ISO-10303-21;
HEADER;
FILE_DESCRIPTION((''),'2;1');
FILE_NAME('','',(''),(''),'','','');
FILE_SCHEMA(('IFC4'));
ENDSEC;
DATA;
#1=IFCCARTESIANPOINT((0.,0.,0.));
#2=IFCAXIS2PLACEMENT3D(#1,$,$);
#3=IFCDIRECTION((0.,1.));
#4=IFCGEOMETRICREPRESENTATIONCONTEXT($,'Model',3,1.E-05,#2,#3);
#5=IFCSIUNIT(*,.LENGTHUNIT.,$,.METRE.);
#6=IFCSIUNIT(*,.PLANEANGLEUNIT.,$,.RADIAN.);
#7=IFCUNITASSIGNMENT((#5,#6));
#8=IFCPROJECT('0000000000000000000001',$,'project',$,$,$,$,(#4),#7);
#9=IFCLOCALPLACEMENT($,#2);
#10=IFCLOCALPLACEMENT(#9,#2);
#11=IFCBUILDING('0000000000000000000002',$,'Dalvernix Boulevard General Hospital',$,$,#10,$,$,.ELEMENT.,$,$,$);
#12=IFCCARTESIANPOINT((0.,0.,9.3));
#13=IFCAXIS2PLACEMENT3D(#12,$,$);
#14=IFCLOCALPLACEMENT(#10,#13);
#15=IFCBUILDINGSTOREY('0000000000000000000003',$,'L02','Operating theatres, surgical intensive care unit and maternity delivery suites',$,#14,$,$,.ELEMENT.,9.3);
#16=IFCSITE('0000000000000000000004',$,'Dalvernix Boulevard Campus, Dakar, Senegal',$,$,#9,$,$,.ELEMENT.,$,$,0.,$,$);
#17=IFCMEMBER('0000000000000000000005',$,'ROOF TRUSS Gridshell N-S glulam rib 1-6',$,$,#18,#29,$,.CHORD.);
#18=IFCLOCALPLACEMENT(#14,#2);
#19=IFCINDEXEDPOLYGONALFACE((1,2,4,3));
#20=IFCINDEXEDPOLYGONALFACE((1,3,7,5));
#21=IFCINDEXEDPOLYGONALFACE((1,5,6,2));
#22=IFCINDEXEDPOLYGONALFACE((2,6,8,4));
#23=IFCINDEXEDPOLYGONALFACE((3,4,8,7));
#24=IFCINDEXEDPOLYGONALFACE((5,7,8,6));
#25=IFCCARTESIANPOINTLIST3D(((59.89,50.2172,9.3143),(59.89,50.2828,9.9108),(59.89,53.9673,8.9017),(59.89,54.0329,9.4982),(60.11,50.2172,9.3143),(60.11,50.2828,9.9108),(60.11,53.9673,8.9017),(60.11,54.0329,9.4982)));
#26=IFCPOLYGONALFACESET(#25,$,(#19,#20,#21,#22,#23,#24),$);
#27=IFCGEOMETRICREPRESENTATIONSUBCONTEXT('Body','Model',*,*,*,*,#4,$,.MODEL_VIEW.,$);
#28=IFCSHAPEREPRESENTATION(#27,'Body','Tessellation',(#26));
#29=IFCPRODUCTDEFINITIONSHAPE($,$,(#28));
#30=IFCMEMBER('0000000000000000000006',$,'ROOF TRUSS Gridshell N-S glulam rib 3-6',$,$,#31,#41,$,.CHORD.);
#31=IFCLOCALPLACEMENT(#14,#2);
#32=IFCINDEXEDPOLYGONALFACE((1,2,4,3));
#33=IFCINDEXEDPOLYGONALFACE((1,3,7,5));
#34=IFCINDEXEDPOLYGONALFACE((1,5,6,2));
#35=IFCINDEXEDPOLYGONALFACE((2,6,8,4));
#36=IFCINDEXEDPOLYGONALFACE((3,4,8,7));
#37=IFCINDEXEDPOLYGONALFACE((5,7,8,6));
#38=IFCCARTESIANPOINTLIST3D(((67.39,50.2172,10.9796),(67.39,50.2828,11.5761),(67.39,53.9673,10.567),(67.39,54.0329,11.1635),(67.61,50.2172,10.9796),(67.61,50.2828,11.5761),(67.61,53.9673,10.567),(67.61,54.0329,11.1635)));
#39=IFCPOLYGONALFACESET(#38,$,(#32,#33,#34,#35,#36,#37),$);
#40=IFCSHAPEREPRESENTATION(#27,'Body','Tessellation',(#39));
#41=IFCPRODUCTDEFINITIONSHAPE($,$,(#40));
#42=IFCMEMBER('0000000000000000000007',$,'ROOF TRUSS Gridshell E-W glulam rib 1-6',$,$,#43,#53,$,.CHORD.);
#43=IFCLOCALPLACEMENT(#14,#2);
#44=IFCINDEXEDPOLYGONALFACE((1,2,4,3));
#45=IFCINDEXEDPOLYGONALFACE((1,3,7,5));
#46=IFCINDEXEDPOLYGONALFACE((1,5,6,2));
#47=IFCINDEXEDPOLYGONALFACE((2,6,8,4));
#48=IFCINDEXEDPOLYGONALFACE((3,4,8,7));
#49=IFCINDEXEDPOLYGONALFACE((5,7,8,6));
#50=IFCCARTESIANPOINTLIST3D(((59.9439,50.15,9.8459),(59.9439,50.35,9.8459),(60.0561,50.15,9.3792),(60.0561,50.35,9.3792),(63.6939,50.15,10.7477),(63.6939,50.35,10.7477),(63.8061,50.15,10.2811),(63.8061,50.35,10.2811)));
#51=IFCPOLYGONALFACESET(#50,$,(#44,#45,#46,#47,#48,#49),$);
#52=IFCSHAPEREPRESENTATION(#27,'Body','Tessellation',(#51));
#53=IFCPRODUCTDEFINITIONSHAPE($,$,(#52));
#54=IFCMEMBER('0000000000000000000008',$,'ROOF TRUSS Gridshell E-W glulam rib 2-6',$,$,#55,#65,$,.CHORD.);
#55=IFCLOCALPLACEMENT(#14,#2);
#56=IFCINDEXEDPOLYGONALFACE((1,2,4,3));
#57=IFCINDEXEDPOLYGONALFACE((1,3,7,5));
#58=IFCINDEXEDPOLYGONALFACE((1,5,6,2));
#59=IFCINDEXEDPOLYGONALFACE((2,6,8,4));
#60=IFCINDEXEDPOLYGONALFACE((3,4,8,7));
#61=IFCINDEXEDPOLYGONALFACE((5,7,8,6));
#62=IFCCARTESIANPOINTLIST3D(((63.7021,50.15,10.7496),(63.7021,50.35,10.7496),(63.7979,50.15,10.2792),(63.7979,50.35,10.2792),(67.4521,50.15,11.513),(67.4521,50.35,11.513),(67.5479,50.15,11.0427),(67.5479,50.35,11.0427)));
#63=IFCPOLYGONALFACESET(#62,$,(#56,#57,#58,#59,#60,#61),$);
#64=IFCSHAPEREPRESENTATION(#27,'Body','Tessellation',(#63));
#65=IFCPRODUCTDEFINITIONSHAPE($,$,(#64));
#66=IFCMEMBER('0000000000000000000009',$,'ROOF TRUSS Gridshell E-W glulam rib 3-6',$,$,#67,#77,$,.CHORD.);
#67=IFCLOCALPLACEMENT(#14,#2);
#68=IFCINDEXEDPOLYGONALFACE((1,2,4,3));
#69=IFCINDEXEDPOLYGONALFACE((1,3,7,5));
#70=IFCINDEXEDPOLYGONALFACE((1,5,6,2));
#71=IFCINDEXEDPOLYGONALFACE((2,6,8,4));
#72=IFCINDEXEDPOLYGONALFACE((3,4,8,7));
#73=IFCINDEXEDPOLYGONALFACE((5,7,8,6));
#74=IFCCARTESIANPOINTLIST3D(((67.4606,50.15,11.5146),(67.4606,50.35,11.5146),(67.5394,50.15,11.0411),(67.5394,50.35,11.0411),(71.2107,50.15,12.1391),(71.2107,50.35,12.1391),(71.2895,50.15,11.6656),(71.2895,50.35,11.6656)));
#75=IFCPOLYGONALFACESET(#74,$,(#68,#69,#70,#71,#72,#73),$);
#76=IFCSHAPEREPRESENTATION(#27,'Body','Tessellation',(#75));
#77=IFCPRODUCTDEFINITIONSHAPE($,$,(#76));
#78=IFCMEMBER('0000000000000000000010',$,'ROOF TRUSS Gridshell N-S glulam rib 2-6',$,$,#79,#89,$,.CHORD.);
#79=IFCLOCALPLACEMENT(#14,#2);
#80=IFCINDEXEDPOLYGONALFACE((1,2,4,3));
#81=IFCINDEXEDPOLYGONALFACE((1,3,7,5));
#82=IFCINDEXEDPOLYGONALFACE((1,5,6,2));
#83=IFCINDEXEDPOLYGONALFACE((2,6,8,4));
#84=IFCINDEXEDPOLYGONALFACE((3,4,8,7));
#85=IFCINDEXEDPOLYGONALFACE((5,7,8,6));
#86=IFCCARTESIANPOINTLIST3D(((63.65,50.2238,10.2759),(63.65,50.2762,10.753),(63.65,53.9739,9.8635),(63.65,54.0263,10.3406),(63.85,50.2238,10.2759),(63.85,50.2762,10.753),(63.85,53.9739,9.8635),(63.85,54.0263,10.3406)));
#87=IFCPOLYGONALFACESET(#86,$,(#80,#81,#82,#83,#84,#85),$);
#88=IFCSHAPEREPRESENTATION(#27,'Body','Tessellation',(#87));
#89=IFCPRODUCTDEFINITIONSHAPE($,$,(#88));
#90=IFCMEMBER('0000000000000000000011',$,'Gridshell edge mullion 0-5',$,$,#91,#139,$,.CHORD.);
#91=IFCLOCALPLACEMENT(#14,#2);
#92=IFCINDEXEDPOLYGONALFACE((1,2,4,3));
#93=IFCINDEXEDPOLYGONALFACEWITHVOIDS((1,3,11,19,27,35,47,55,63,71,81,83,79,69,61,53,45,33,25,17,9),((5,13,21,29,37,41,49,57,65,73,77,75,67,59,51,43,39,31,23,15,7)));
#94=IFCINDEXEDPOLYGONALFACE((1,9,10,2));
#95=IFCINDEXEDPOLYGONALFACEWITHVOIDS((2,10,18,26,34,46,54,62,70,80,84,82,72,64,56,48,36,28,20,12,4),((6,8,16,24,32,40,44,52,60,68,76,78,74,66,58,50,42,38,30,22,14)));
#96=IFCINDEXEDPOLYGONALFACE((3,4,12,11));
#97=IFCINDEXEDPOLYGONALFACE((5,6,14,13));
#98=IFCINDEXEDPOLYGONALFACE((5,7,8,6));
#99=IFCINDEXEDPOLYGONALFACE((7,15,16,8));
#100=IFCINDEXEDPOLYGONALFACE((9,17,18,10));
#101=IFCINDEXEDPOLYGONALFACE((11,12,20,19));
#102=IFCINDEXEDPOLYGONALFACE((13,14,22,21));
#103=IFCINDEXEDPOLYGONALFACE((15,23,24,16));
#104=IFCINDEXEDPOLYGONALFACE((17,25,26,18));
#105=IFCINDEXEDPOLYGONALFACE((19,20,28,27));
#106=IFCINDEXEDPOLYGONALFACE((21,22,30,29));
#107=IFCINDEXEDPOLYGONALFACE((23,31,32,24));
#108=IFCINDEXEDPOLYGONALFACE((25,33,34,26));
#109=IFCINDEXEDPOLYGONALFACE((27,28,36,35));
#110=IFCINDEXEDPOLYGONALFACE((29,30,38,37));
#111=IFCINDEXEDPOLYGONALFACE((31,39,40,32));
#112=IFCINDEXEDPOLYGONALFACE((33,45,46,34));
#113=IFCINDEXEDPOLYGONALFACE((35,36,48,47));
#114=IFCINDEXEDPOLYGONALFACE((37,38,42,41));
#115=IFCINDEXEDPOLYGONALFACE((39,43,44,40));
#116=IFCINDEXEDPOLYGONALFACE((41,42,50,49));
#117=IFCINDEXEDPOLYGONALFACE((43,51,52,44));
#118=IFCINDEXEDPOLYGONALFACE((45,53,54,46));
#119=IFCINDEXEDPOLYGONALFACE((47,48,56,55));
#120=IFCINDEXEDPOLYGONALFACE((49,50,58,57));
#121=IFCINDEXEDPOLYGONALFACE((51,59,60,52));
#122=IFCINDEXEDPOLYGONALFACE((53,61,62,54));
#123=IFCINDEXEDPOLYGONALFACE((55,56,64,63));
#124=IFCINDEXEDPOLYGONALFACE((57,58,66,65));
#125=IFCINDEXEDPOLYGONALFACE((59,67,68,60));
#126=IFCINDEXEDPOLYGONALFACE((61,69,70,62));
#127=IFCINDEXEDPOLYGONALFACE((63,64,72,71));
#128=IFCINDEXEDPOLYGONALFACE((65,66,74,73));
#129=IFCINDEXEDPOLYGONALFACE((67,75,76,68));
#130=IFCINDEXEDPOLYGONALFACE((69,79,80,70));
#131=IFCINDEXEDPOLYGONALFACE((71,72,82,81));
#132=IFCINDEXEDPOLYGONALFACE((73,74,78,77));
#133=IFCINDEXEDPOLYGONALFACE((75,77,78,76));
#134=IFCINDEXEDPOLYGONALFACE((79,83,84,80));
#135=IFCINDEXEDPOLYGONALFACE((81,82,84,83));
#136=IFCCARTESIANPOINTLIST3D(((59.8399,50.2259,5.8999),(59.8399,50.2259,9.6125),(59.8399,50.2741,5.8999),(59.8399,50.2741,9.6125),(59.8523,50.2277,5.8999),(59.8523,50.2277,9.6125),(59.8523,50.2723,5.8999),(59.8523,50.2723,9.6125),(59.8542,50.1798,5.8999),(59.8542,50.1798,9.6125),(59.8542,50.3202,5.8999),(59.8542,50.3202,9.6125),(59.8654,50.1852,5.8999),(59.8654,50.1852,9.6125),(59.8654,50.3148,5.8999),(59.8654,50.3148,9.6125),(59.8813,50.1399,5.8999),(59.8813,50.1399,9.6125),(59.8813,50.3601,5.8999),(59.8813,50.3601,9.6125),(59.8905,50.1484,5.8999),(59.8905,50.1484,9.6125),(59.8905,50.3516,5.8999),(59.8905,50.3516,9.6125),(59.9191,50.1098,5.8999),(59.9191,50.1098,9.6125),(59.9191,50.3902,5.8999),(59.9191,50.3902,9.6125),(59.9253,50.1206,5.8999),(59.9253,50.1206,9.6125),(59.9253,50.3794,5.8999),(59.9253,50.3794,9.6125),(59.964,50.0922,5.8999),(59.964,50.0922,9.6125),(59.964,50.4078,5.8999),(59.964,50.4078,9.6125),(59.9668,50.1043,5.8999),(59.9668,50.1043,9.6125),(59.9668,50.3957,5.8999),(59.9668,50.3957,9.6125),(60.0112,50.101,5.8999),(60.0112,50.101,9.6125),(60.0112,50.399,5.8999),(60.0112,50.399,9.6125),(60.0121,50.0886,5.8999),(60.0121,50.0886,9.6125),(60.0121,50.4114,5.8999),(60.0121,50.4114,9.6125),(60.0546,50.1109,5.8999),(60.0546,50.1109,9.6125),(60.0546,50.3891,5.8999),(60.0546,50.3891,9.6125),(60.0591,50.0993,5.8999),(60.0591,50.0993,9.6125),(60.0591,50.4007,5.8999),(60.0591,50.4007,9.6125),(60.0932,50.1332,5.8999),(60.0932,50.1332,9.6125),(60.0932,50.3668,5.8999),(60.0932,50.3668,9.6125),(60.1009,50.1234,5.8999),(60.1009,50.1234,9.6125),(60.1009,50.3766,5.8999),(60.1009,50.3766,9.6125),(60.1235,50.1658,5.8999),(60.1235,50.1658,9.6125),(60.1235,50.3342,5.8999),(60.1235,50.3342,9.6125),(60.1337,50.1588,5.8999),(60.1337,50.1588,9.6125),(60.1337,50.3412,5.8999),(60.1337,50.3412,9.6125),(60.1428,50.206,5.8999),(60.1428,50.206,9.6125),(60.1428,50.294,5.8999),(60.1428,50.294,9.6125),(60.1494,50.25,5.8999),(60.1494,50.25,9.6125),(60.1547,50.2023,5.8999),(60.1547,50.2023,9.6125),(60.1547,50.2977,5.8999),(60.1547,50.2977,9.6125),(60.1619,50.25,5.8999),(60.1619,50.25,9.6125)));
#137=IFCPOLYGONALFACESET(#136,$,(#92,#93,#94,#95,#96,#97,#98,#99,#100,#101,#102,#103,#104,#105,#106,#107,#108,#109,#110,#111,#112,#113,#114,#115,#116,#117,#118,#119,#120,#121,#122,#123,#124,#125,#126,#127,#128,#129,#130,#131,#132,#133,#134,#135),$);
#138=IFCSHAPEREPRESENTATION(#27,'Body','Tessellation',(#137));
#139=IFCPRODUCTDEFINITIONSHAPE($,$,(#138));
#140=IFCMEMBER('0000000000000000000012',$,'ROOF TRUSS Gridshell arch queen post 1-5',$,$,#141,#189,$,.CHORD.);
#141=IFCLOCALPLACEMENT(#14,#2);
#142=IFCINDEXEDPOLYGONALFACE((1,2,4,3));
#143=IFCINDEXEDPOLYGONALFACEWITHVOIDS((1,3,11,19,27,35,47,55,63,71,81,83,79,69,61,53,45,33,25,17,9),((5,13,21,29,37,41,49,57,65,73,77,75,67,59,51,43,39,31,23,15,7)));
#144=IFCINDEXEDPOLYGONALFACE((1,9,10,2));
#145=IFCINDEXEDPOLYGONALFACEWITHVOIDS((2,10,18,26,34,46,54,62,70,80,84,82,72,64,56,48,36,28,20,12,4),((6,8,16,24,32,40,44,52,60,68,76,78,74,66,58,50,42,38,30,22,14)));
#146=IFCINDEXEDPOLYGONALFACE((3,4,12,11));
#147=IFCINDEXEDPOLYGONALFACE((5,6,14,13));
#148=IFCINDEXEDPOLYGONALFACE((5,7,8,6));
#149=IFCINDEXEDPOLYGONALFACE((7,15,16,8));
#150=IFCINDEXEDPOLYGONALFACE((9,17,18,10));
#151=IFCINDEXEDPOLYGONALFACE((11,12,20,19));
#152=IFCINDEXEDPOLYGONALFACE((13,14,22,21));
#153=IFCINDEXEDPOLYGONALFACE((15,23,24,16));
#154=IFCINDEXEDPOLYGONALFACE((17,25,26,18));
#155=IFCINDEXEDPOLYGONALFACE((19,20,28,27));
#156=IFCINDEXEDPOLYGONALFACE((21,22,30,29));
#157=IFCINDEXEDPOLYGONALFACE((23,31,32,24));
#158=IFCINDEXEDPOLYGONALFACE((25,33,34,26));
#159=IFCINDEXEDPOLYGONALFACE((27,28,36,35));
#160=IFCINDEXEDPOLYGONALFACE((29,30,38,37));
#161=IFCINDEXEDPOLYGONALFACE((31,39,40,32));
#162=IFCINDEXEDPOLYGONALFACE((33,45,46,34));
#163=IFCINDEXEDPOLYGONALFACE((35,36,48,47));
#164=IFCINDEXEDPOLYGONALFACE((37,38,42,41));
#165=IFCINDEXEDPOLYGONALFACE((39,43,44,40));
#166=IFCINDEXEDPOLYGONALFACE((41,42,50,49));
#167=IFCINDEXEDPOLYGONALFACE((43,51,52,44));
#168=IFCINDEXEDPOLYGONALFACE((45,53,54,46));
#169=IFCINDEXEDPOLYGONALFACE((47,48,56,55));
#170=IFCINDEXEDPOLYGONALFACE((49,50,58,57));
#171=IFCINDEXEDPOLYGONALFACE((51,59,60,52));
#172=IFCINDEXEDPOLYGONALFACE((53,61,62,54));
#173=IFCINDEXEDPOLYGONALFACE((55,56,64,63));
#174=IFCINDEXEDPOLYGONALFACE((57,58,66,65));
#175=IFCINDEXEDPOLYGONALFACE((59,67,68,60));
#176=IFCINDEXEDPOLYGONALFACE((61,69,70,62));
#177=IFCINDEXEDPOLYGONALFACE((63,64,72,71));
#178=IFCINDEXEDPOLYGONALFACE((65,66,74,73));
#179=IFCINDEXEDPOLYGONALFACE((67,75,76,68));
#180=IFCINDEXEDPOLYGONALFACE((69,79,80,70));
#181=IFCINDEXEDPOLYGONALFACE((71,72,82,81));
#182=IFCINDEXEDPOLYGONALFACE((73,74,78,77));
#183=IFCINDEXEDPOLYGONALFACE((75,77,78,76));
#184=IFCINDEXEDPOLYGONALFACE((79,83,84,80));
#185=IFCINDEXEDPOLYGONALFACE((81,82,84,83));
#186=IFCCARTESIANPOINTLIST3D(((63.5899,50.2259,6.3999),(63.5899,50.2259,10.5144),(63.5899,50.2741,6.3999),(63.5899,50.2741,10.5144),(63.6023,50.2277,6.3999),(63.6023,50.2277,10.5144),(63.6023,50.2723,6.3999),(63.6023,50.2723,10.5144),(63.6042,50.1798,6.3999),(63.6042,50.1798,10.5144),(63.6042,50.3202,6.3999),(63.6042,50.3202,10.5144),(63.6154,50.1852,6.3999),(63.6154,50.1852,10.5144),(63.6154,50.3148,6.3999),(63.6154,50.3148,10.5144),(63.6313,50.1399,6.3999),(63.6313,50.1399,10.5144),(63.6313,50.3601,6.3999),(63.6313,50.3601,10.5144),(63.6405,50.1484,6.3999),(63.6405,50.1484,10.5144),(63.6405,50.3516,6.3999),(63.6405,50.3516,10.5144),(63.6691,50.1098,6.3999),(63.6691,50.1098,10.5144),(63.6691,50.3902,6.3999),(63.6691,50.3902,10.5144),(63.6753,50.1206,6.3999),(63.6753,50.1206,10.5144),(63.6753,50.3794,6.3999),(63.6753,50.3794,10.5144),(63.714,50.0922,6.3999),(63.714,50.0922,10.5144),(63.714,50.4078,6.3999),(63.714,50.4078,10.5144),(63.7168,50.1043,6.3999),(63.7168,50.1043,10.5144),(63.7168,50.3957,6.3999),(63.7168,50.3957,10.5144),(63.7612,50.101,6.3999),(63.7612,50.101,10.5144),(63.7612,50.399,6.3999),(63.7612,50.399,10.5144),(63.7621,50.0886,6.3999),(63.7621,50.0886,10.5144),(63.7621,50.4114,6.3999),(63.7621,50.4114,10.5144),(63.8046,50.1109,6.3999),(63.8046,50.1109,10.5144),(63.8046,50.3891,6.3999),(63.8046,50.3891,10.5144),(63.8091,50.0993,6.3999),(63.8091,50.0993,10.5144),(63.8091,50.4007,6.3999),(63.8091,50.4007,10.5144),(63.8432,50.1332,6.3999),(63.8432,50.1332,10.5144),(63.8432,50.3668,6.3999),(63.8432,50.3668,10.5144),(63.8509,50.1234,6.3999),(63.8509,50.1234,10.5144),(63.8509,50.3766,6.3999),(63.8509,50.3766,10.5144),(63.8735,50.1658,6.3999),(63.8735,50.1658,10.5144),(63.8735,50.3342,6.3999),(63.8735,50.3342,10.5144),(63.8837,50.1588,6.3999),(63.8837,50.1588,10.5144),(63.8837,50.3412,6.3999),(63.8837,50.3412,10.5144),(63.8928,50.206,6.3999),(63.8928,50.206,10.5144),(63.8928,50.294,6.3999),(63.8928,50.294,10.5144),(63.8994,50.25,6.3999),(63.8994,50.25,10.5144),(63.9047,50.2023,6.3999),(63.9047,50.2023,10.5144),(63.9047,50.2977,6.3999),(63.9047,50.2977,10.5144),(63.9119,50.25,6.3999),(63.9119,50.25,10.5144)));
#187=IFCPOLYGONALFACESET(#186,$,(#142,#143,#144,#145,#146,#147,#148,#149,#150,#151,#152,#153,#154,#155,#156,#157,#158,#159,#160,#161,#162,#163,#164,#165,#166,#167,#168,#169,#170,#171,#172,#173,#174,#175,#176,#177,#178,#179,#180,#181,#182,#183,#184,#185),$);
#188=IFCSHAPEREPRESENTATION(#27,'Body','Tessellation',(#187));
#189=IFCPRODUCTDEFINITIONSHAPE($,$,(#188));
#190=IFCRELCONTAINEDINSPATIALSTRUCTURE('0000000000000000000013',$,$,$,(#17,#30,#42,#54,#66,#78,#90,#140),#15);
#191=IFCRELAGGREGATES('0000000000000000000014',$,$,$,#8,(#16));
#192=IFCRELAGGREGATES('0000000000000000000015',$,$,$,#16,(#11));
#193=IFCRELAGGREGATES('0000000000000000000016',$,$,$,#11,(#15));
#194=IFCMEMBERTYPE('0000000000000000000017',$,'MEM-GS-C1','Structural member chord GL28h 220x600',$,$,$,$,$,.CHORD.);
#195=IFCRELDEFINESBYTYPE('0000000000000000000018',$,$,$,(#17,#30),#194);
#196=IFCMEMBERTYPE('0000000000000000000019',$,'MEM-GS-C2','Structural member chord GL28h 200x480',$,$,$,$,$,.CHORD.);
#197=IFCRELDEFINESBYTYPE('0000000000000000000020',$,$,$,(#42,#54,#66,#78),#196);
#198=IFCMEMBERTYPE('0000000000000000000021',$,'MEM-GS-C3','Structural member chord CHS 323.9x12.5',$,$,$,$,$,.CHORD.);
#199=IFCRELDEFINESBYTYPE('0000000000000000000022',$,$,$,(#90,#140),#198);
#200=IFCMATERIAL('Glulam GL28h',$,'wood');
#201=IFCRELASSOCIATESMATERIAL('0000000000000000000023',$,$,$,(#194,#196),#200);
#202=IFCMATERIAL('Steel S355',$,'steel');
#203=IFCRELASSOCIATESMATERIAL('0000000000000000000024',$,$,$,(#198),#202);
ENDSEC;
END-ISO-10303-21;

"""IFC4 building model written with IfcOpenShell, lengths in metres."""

from ifc_helpers import new_model, si_unit, direction, frame, origin, origin_2d, place, context, subcontext, project, spatial, rectangle, hollow_circle, extrude, material, material_profile, profile_set, type_object, element, save


model = new_model("IFC4")

# Units and contexts
model_context = context("Model", 3, precision=1e-05, world=origin(), true_north=direction((0.0, 1.0)))
body_context = subcontext(model_context, "Body", "Model", "MODEL_VIEW")
ifc_project = project(units=[si_unit("LENGTHUNIT", "METRE"), si_unit("PLANEANGLEUNIT", "RADIAN")], contexts=[model_context])

# Site, building, storey
site_placement = place(None, origin())
site = spatial("IfcSite", under=ifc_project, at=site_placement, Name="Dalvernix Boulevard Campus, Dakar, Senegal", CompositionType="ELEMENT", RefElevation=0.0)
building_placement = place(site_placement, origin())
building = spatial("IfcBuilding", under=site, at=building_placement, Name="Dalvernix Boulevard General Hospital", CompositionType="ELEMENT")
storey_placement = place(building_placement, frame((0.0, 0.0, 9.3)))
storey = spatial("IfcBuildingStorey", under=building, at=storey_placement, Name="L02", Description="Operating theatres, surgical intensive care unit and maternity delivery suites", CompositionType="ELEMENT", Elevation=9.3)

# Shared definitions
ifc_material_1 = material(Name="Steel S355", Category="steel")

# Members
ifc_material_2 = material(Name="Glulam GL28h", Category="wood")
ifc_material_profile_1 = material_profile(ifc_material_2, rectangle(XDim=0.22, YDim=0.6001, at=origin_2d()), Name="GL28h 220x600")
ifc_profile_set_1 = profile_set([ifc_material_profile_1], Name="Glulam GL28h")
member_type_1 = type_object("IfcMemberType", Name="MEM-GS-C1", Description="Structural member chord GL28h 220x600", PredefinedType="CHORD", material=ifc_profile_set_1)
for number, where, z_axis, x_axis, name in (
    (1, (60.0, 50.25, 9.6125), (0.0, 0.994002, -0.109366), (-1.0, 0.0, 0.0), "ROOF TRUSS Gridshell N-S glulam rib 1-6"),
    (2, (67.5, 50.25, 11.2778), (0.0, 0.994002, -0.109366), (-1.0, 0.0, 0.0), "ROOF TRUSS Gridshell N-S glulam rib 3-6"),
):
    element("IfcMember", number, at=place(storey_placement, frame(where, z_axis=z_axis, x_axis=x_axis)), inside=storey, type_object=member_type_1, Name=name, PredefinedType="CHORD", context=body_context, shape_type="SweptSolid", body=[
        extrude(rectangle(XDim=0.22, YDim=0.6001, at=origin_2d()), origin(), (0.0, 0.0, 1.0), 3.7727),
    ])
ifc_material_profile_2 = material_profile(ifc_material_2, rectangle(XDim=0.2, YDim=0.48, at=origin_2d()), Name="GL28h 200x480")
ifc_profile_set_2 = profile_set([ifc_material_profile_2], Name="Glulam GL28h")
member_type_2 = type_object("IfcMemberType", Name="MEM-GS-C2", Description="Structural member chord GL28h 200x480", PredefinedType="CHORD", material=ifc_profile_set_2)
member_1_placement = place(storey_placement, frame((60.0, 50.25, 9.6125), z_axis=(0.972278, 0.0, 0.233828), x_axis=(0.0, 1.0, 0.0)))
element("IfcMember", 3, at=member_1_placement, inside=storey, type_object=member_type_2, Name="ROOF TRUSS Gridshell E-W glulam rib 1-6", PredefinedType="CHORD", context=body_context, shape_type="SweptSolid", body=[
    extrude(rectangle(XDim=0.2, YDim=0.48, at=origin_2d()), origin(), (0.0, 0.0, 1.0), 3.8569),
])
member_2_placement = place(storey_placement, frame((63.75, 50.25, 10.5144), z_axis=(0.9799, 0.0, 0.199489), x_axis=(0.0, 1.0, 0.0)))
element("IfcMember", 4, at=member_2_placement, inside=storey, type_object=member_type_2, Name="ROOF TRUSS Gridshell E-W glulam rib 2-6", PredefinedType="CHORD", context=body_context, shape_type="SweptSolid", body=[
    extrude(rectangle(XDim=0.2, YDim=0.48, at=origin_2d()), origin(), (0.0, 0.0, 1.0), 3.8269),
])
member_3_placement = place(storey_placement, frame((67.5, 50.25, 11.2778), z_axis=(0.986415, 0.0, 0.164274), x_axis=(0.0, 1.0, 0.0)))
element("IfcMember", 5, at=member_3_placement, inside=storey, type_object=member_type_2, Name="ROOF TRUSS Gridshell E-W glulam rib 3-6", PredefinedType="CHORD", context=body_context, shape_type="SweptSolid", body=[
    extrude(rectangle(XDim=0.2, YDim=0.48, at=origin_2d()), origin(), (0.0, 0.0, 1.0), 3.8018),
])
member_4_placement = place(storey_placement, frame((63.75, 50.25, 10.5144), z_axis=(0.0, 0.994009, -0.109302), x_axis=(-1.0, 0.0, 0.0)))
element("IfcMember", 6, at=member_4_placement, inside=storey, type_object=member_type_2, Name="ROOF TRUSS Gridshell N-S glulam rib 2-6", PredefinedType="CHORD", context=body_context, shape_type="SweptSolid", body=[
    extrude(rectangle(XDim=0.2, YDim=0.48, at=origin_2d()), origin(), (0.0, 0.0, 1.0), 3.7727),
])
ifc_material_profile_3 = material_profile(ifc_material_1, hollow_circle(Radius=0.1619, WallThickness=0.0125, at=origin_2d()), Name="CHS 323.9x12.5")
ifc_profile_set_3 = profile_set([ifc_material_profile_3], Name="Steel S355")
member_type_3 = type_object("IfcMemberType", Name="MEM-GS-C3", Description="Structural member chord CHS 323.9x12.5", PredefinedType="CHORD", material=ifc_profile_set_3)
member_5_placement = place(storey_placement, frame((60.0, 50.25, 5.8999), z_axis=(0.0, 0.0, 1.0), x_axis=(1.0, 0.0, 0.0)))
element("IfcMember", 7, at=member_5_placement, inside=storey, type_object=member_type_3, Name="Gridshell edge mullion 0-5", PredefinedType="CHORD", context=body_context, shape_type="SweptSolid", body=[
    extrude(hollow_circle(Radius=0.1619, WallThickness=0.0125, at=origin_2d()), origin(), (0.0, 0.0, 1.0), 3.7126),
])
member_6_placement = place(storey_placement, frame((63.75, 50.25, 6.3999), z_axis=(0.0, 0.0, 1.0), x_axis=(1.0, 0.0, 0.0)))
element("IfcMember", 8, at=member_6_placement, inside=storey, type_object=member_type_3, Name="ROOF TRUSS Gridshell arch queen post 1-5", PredefinedType="CHORD", context=body_context, shape_type="SweptSolid", body=[
    extrude(hollow_circle(Radius=0.1619, WallThickness=0.0125, at=origin_2d()), origin(), (0.0, 0.0, 1.0), 4.1145),
])

save(model, "model.ifc")
